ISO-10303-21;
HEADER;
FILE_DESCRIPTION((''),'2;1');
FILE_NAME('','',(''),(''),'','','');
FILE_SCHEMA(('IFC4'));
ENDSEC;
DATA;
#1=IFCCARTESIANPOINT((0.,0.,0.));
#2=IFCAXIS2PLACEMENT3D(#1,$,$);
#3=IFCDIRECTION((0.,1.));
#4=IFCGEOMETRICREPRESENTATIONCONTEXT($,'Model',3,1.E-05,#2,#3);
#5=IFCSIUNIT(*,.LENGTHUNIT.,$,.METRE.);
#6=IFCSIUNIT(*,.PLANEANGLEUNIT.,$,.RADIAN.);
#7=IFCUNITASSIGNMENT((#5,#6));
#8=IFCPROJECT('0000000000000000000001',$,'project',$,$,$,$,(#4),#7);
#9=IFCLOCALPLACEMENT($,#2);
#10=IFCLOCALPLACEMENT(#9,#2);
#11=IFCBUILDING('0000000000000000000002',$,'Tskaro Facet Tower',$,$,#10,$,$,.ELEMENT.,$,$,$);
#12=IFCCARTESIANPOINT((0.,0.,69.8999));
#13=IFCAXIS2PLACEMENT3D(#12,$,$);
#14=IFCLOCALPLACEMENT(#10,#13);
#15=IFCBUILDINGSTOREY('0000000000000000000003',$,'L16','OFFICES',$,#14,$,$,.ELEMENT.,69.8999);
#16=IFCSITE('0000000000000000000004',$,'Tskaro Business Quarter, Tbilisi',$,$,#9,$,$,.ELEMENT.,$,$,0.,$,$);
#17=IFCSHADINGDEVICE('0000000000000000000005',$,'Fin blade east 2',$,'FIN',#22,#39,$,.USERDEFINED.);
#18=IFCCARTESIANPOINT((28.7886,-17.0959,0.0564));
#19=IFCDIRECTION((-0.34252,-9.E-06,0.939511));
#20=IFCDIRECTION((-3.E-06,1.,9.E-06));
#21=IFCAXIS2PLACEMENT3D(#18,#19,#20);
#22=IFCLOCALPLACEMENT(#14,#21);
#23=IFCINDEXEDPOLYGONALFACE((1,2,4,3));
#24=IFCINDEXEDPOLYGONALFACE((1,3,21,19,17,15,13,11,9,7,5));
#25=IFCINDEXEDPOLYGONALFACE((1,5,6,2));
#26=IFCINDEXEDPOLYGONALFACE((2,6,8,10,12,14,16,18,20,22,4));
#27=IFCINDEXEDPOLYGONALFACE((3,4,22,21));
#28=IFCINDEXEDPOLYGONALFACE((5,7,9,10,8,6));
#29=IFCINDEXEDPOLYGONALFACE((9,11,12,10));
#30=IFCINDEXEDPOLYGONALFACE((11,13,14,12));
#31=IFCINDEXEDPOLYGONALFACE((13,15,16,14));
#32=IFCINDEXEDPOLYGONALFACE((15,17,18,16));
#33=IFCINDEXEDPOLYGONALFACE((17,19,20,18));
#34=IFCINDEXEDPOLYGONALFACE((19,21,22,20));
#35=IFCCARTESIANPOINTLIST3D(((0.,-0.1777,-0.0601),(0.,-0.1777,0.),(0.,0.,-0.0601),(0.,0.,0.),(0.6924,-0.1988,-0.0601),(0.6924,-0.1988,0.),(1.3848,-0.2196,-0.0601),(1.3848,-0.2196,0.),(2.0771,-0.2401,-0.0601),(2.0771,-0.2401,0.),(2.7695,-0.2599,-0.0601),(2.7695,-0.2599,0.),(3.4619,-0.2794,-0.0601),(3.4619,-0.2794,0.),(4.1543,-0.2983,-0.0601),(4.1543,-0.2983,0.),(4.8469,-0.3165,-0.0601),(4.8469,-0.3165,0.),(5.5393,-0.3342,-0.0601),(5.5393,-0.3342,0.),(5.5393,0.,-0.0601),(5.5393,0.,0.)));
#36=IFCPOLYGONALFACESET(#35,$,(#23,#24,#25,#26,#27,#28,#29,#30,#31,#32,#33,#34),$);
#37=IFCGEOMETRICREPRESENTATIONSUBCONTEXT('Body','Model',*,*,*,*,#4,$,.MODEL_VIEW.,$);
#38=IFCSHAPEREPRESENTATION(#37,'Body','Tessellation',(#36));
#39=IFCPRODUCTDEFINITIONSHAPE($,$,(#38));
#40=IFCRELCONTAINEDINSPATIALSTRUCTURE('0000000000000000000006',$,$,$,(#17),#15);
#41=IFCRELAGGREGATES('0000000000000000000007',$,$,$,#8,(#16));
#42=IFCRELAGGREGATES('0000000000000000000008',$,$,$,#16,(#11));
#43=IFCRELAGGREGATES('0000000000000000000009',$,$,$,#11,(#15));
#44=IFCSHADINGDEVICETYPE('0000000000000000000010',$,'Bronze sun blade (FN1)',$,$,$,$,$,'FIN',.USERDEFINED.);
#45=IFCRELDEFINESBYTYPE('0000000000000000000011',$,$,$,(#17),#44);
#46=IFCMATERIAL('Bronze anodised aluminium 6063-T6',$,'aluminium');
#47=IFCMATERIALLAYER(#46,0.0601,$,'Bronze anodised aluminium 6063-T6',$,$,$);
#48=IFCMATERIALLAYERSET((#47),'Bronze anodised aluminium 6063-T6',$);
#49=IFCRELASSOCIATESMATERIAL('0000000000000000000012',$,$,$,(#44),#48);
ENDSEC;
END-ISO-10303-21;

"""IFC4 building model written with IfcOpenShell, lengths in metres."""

from ifc_helpers import new_model, si_unit, direction, frame, origin, place, context, subcontext, project, spatial, polyline, outline, extrude, material, layer, layer_set, type_object, element, save


model = new_model("IFC4")

# Units and contexts
model_context = context("Model", 3, precision=1e-05, world=origin(), true_north=direction((0.0, 1.0)))
body_context = subcontext(model_context, "Body", "Model", "MODEL_VIEW")
ifc_project = project(units=[si_unit("LENGTHUNIT", "METRE"), si_unit("PLANEANGLEUNIT", "RADIAN")], contexts=[model_context])

# Site, building, storey
site_placement = place(None, origin())
site = spatial("IfcSite", under=ifc_project, at=site_placement, Name="Tskaro Business Quarter, Tbilisi", CompositionType="ELEMENT", RefElevation=0.0)
building_placement = place(site_placement, origin())
building = spatial("IfcBuilding", under=site, at=building_placement, Name="Tskaro Facet Tower", CompositionType="ELEMENT")
storey_placement = place(building_placement, frame((0.0, 0.0, 69.8999)))
storey = spatial("IfcBuildingStorey", under=building, at=storey_placement, Name="L16", Description="OFFICES", CompositionType="ELEMENT", Elevation=69.8999)

# Shared definitions
ifc_material_1 = material(Name="Bronze anodised aluminium 6063-T6", Category="aluminium")

# Shading device
ifc_layer_1 = layer(ifc_material_1, 0.0601, Name="Bronze anodised aluminium 6063-T6")
ifc_layer_set_1 = layer_set([ifc_layer_1], Name="Bronze anodised aluminium 6063-T6")
shading_device_type = type_object("IfcShadingDeviceType", Name="Bronze sun blade (FN1)", ElementType="FIN", PredefinedType="USERDEFINED", material=ifc_layer_set_1)
shading_device_1_placement = place(storey_placement, frame((28.7886, -17.0959, 0.0564), z_axis=(-0.34252, -0.000009, 0.939511), x_axis=(-0.000003, 1.0, 0.000009)))
element("IfcShadingDevice", 1, at=shading_device_1_placement, inside=storey, type_object=shading_device_type, Name="Fin blade east 2", ObjectType="FIN", PredefinedType="USERDEFINED", context=body_context, shape_type="SweptSolid", body=[
    extrude(outline(polyline([(0.0, 0.0), (5.5393, 0.0), (5.5393, -0.3342), (4.8469, -0.3165), (4.1543, -0.2983), (3.4619, -0.2794), (2.7695, -0.2599), (2.0771, -0.2401), (1.3848, -0.2196), (0.6924, -0.1988), (0.0, -0.1777), (0.0, 0.0)])), origin(), (0.0, 0.0, -1.0), 0.0601),
])

save(model, "model.ifc")
